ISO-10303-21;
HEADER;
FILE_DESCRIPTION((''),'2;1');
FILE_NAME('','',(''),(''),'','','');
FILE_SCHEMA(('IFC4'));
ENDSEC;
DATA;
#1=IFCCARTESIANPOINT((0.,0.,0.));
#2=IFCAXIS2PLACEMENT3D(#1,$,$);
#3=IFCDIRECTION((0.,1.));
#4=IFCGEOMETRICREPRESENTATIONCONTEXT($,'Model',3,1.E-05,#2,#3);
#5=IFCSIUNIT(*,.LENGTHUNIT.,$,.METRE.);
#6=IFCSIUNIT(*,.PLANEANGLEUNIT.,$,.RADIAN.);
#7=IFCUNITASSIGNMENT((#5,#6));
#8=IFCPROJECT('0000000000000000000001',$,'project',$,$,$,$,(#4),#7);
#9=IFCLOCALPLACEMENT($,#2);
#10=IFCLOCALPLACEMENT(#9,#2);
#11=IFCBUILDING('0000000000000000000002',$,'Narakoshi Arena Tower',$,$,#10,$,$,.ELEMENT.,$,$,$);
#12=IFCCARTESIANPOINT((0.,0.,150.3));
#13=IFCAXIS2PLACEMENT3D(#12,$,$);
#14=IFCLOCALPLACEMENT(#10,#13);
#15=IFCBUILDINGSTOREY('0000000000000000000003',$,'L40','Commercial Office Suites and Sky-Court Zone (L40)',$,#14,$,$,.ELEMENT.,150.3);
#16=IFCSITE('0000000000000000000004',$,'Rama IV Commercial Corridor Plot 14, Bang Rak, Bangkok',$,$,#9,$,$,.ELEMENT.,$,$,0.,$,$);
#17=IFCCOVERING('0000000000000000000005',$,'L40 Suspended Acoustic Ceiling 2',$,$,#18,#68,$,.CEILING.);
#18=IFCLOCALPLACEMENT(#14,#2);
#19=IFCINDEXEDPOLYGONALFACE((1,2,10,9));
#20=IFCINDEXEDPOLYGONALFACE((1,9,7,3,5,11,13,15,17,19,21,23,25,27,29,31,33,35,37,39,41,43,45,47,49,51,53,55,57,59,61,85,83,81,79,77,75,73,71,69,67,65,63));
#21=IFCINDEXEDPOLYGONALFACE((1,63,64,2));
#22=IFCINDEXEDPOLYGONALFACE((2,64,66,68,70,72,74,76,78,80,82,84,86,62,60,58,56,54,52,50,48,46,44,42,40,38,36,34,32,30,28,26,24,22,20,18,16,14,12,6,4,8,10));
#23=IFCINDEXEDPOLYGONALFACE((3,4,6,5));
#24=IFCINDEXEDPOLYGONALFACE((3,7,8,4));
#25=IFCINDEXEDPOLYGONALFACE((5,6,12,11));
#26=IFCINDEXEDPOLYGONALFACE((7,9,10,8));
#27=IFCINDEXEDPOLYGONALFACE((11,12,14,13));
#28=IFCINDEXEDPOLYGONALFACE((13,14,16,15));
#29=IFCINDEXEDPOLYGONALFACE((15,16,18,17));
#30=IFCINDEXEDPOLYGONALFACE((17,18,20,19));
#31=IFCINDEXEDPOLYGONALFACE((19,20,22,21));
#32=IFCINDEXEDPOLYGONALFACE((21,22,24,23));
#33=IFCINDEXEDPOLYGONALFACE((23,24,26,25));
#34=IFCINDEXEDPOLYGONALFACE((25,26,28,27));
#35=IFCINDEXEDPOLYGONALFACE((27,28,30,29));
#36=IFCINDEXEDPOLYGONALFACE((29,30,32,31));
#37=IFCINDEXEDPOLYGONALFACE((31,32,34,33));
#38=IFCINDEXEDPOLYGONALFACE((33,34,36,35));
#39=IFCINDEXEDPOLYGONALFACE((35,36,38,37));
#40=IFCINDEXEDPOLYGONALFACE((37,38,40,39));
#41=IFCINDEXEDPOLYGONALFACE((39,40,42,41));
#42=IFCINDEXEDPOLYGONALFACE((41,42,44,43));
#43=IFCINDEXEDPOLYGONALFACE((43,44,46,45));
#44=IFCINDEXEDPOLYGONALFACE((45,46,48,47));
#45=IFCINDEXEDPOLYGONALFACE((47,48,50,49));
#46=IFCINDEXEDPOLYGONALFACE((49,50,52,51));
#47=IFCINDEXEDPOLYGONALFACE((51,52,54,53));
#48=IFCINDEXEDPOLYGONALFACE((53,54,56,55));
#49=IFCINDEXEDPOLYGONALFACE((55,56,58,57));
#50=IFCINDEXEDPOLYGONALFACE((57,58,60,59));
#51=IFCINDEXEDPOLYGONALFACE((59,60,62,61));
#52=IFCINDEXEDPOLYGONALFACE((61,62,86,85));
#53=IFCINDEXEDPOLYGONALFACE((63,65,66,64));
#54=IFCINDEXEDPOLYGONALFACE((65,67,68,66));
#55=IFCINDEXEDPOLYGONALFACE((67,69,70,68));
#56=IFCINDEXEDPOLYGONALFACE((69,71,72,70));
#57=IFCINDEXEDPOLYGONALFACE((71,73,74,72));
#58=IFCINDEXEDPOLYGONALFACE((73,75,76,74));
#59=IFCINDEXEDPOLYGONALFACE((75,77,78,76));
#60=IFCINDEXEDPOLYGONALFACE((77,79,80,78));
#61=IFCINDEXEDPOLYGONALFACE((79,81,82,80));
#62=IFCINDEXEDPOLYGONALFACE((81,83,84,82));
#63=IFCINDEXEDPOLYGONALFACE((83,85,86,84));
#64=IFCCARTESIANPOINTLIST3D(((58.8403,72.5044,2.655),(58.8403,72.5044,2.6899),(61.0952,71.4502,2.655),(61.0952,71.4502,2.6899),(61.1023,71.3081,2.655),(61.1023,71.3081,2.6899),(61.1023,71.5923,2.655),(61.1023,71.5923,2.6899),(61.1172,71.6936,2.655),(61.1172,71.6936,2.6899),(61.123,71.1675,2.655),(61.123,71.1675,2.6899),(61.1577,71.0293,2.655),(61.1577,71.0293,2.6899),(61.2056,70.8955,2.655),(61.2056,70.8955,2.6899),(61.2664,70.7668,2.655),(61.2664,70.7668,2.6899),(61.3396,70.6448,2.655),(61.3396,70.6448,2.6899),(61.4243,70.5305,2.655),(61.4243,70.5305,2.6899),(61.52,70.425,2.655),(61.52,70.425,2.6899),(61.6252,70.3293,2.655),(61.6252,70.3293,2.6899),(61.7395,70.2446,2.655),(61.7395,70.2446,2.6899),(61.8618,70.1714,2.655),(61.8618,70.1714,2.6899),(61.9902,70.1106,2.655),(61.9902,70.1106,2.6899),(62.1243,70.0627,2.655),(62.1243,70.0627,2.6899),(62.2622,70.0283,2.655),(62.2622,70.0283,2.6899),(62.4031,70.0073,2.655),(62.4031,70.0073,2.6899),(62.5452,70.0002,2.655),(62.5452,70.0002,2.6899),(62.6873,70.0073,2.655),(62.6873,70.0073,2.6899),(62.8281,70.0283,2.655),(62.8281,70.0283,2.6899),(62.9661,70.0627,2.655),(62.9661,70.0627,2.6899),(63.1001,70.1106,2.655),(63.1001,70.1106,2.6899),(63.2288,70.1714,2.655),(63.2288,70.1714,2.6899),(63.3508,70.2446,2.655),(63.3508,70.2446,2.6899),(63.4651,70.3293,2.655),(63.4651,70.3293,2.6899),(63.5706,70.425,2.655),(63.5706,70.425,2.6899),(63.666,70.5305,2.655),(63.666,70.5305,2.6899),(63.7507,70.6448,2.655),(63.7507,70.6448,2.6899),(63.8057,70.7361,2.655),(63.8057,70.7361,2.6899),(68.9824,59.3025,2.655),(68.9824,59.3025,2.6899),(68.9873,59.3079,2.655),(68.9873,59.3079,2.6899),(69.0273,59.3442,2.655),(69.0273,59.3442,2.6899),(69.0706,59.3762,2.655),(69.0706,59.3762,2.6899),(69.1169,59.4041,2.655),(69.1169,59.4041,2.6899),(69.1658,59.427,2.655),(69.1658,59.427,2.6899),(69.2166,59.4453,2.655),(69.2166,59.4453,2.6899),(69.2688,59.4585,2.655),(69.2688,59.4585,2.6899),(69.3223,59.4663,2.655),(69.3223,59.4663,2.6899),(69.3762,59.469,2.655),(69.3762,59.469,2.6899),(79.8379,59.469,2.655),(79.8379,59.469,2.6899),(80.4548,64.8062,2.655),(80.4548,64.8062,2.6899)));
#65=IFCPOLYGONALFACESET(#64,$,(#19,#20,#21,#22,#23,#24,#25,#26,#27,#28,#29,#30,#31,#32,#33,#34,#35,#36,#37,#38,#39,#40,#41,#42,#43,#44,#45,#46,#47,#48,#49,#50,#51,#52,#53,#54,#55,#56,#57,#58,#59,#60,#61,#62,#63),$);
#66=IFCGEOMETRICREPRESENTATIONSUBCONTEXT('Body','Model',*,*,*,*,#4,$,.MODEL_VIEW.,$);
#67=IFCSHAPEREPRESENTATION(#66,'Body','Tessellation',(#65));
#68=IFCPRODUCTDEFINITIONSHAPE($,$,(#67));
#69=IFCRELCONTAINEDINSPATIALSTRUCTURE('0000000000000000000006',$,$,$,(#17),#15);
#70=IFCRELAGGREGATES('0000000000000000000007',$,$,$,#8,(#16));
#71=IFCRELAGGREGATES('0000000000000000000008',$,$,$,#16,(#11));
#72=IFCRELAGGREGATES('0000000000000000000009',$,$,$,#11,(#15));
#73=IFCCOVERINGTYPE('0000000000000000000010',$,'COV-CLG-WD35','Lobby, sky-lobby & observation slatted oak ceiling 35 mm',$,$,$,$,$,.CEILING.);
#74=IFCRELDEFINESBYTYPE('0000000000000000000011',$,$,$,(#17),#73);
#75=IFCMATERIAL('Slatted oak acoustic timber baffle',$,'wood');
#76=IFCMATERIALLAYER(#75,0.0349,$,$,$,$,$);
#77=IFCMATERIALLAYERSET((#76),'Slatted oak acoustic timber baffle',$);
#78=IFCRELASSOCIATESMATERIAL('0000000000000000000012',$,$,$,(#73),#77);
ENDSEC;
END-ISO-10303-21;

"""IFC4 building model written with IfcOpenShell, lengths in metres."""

from ifc_helpers import new_model, si_unit, direction, frame, origin, place, context, subcontext, project, spatial, polyline, outline, extrude, material, layer, layer_set, type_object, element, save


model = new_model("IFC4")

# Units and contexts
model_context = context("Model", 3, precision=1e-05, world=origin(), true_north=direction((0.0, 1.0)))
body_context = subcontext(model_context, "Body", "Model", "MODEL_VIEW")
ifc_project = project(units=[si_unit("LENGTHUNIT", "METRE"), si_unit("PLANEANGLEUNIT", "RADIAN")], contexts=[model_context])

# Site, building, storey
site_placement = place(None, origin())
site = spatial("IfcSite", under=ifc_project, at=site_placement, Name="Rama IV Commercial Corridor Plot 14, Bang Rak, Bangkok", CompositionType="ELEMENT", RefElevation=0.0)
building_placement = place(site_placement, origin())
building = spatial("IfcBuilding", under=site, at=building_placement, Name="Narakoshi Arena Tower", CompositionType="ELEMENT")
storey_placement = place(building_placement, frame((0.0, 0.0, 150.3)))
storey = spatial("IfcBuildingStorey", under=building, at=storey_placement, Name="L40", Description="Commercial Office Suites and Sky-Court Zone (L40)", CompositionType="ELEMENT", Elevation=150.3)

# Covering
ifc_material_1 = material(Name="Slatted oak acoustic timber baffle", Category="wood")
ifc_layer_1 = layer(ifc_material_1, 0.0349)
ifc_layer_set_1 = layer_set([ifc_layer_1], Name="Slatted oak acoustic timber baffle")
covering_type_1 = type_object("IfcCoveringType", Name="COV-CLG-WD35", Description="Lobby, sky-lobby & observation slatted oak ceiling 35 mm", PredefinedType="CEILING", material=ifc_layer_set_1)
covering_1_placement = place(storey_placement, frame((0.0, 0.0, 2.655)))
element("IfcCovering", 1, at=covering_1_placement, inside=storey, type_object=covering_type_1, Name="L40 Suspended Acoustic Ceiling 2", PredefinedType="CEILING", context=body_context, shape_type="SweptSolid", body=[
    extrude(outline(polyline([(58.8403, 72.5044), (61.1172, 71.6936), (61.1023, 71.5923), (61.0952, 71.4502), (61.1023, 71.3081), (61.123, 71.1675), (61.1577, 71.0293), (61.2056, 70.8955), (61.2664, 70.7668), (61.3396, 70.6448), (61.4243, 70.5305), (61.52, 70.425), (61.6252, 70.3293), (61.7395, 70.2446), (61.8618, 70.1714), (61.9902, 70.1106), (62.1243, 70.0627), (62.2622, 70.0283), (62.4031, 70.0073), (62.5452, 70.0002), (62.6873, 70.0073), (62.8281, 70.0283), (62.9661, 70.0627), (63.1001, 70.1106), (63.2288, 70.1714), (63.3508, 70.2446), (63.4651, 70.3293), (63.5706, 70.425), (63.666, 70.5305), (63.7507, 70.6448), (63.8057, 70.7361), (80.4548, 64.8062), (79.8379, 59.469), (69.3762, 59.469), (69.3223, 59.4663), (69.2688, 59.4585), (69.2166, 59.4453), (69.1658, 59.427), (69.1169, 59.4041), (69.0706, 59.3762), (69.0273, 59.3442), (68.9873, 59.3079), (68.9824, 59.3025), (58.8403, 72.5044)])), origin(), (0.0, 0.0, 1.0), 0.0349),
])

save(model, "model.ifc")
